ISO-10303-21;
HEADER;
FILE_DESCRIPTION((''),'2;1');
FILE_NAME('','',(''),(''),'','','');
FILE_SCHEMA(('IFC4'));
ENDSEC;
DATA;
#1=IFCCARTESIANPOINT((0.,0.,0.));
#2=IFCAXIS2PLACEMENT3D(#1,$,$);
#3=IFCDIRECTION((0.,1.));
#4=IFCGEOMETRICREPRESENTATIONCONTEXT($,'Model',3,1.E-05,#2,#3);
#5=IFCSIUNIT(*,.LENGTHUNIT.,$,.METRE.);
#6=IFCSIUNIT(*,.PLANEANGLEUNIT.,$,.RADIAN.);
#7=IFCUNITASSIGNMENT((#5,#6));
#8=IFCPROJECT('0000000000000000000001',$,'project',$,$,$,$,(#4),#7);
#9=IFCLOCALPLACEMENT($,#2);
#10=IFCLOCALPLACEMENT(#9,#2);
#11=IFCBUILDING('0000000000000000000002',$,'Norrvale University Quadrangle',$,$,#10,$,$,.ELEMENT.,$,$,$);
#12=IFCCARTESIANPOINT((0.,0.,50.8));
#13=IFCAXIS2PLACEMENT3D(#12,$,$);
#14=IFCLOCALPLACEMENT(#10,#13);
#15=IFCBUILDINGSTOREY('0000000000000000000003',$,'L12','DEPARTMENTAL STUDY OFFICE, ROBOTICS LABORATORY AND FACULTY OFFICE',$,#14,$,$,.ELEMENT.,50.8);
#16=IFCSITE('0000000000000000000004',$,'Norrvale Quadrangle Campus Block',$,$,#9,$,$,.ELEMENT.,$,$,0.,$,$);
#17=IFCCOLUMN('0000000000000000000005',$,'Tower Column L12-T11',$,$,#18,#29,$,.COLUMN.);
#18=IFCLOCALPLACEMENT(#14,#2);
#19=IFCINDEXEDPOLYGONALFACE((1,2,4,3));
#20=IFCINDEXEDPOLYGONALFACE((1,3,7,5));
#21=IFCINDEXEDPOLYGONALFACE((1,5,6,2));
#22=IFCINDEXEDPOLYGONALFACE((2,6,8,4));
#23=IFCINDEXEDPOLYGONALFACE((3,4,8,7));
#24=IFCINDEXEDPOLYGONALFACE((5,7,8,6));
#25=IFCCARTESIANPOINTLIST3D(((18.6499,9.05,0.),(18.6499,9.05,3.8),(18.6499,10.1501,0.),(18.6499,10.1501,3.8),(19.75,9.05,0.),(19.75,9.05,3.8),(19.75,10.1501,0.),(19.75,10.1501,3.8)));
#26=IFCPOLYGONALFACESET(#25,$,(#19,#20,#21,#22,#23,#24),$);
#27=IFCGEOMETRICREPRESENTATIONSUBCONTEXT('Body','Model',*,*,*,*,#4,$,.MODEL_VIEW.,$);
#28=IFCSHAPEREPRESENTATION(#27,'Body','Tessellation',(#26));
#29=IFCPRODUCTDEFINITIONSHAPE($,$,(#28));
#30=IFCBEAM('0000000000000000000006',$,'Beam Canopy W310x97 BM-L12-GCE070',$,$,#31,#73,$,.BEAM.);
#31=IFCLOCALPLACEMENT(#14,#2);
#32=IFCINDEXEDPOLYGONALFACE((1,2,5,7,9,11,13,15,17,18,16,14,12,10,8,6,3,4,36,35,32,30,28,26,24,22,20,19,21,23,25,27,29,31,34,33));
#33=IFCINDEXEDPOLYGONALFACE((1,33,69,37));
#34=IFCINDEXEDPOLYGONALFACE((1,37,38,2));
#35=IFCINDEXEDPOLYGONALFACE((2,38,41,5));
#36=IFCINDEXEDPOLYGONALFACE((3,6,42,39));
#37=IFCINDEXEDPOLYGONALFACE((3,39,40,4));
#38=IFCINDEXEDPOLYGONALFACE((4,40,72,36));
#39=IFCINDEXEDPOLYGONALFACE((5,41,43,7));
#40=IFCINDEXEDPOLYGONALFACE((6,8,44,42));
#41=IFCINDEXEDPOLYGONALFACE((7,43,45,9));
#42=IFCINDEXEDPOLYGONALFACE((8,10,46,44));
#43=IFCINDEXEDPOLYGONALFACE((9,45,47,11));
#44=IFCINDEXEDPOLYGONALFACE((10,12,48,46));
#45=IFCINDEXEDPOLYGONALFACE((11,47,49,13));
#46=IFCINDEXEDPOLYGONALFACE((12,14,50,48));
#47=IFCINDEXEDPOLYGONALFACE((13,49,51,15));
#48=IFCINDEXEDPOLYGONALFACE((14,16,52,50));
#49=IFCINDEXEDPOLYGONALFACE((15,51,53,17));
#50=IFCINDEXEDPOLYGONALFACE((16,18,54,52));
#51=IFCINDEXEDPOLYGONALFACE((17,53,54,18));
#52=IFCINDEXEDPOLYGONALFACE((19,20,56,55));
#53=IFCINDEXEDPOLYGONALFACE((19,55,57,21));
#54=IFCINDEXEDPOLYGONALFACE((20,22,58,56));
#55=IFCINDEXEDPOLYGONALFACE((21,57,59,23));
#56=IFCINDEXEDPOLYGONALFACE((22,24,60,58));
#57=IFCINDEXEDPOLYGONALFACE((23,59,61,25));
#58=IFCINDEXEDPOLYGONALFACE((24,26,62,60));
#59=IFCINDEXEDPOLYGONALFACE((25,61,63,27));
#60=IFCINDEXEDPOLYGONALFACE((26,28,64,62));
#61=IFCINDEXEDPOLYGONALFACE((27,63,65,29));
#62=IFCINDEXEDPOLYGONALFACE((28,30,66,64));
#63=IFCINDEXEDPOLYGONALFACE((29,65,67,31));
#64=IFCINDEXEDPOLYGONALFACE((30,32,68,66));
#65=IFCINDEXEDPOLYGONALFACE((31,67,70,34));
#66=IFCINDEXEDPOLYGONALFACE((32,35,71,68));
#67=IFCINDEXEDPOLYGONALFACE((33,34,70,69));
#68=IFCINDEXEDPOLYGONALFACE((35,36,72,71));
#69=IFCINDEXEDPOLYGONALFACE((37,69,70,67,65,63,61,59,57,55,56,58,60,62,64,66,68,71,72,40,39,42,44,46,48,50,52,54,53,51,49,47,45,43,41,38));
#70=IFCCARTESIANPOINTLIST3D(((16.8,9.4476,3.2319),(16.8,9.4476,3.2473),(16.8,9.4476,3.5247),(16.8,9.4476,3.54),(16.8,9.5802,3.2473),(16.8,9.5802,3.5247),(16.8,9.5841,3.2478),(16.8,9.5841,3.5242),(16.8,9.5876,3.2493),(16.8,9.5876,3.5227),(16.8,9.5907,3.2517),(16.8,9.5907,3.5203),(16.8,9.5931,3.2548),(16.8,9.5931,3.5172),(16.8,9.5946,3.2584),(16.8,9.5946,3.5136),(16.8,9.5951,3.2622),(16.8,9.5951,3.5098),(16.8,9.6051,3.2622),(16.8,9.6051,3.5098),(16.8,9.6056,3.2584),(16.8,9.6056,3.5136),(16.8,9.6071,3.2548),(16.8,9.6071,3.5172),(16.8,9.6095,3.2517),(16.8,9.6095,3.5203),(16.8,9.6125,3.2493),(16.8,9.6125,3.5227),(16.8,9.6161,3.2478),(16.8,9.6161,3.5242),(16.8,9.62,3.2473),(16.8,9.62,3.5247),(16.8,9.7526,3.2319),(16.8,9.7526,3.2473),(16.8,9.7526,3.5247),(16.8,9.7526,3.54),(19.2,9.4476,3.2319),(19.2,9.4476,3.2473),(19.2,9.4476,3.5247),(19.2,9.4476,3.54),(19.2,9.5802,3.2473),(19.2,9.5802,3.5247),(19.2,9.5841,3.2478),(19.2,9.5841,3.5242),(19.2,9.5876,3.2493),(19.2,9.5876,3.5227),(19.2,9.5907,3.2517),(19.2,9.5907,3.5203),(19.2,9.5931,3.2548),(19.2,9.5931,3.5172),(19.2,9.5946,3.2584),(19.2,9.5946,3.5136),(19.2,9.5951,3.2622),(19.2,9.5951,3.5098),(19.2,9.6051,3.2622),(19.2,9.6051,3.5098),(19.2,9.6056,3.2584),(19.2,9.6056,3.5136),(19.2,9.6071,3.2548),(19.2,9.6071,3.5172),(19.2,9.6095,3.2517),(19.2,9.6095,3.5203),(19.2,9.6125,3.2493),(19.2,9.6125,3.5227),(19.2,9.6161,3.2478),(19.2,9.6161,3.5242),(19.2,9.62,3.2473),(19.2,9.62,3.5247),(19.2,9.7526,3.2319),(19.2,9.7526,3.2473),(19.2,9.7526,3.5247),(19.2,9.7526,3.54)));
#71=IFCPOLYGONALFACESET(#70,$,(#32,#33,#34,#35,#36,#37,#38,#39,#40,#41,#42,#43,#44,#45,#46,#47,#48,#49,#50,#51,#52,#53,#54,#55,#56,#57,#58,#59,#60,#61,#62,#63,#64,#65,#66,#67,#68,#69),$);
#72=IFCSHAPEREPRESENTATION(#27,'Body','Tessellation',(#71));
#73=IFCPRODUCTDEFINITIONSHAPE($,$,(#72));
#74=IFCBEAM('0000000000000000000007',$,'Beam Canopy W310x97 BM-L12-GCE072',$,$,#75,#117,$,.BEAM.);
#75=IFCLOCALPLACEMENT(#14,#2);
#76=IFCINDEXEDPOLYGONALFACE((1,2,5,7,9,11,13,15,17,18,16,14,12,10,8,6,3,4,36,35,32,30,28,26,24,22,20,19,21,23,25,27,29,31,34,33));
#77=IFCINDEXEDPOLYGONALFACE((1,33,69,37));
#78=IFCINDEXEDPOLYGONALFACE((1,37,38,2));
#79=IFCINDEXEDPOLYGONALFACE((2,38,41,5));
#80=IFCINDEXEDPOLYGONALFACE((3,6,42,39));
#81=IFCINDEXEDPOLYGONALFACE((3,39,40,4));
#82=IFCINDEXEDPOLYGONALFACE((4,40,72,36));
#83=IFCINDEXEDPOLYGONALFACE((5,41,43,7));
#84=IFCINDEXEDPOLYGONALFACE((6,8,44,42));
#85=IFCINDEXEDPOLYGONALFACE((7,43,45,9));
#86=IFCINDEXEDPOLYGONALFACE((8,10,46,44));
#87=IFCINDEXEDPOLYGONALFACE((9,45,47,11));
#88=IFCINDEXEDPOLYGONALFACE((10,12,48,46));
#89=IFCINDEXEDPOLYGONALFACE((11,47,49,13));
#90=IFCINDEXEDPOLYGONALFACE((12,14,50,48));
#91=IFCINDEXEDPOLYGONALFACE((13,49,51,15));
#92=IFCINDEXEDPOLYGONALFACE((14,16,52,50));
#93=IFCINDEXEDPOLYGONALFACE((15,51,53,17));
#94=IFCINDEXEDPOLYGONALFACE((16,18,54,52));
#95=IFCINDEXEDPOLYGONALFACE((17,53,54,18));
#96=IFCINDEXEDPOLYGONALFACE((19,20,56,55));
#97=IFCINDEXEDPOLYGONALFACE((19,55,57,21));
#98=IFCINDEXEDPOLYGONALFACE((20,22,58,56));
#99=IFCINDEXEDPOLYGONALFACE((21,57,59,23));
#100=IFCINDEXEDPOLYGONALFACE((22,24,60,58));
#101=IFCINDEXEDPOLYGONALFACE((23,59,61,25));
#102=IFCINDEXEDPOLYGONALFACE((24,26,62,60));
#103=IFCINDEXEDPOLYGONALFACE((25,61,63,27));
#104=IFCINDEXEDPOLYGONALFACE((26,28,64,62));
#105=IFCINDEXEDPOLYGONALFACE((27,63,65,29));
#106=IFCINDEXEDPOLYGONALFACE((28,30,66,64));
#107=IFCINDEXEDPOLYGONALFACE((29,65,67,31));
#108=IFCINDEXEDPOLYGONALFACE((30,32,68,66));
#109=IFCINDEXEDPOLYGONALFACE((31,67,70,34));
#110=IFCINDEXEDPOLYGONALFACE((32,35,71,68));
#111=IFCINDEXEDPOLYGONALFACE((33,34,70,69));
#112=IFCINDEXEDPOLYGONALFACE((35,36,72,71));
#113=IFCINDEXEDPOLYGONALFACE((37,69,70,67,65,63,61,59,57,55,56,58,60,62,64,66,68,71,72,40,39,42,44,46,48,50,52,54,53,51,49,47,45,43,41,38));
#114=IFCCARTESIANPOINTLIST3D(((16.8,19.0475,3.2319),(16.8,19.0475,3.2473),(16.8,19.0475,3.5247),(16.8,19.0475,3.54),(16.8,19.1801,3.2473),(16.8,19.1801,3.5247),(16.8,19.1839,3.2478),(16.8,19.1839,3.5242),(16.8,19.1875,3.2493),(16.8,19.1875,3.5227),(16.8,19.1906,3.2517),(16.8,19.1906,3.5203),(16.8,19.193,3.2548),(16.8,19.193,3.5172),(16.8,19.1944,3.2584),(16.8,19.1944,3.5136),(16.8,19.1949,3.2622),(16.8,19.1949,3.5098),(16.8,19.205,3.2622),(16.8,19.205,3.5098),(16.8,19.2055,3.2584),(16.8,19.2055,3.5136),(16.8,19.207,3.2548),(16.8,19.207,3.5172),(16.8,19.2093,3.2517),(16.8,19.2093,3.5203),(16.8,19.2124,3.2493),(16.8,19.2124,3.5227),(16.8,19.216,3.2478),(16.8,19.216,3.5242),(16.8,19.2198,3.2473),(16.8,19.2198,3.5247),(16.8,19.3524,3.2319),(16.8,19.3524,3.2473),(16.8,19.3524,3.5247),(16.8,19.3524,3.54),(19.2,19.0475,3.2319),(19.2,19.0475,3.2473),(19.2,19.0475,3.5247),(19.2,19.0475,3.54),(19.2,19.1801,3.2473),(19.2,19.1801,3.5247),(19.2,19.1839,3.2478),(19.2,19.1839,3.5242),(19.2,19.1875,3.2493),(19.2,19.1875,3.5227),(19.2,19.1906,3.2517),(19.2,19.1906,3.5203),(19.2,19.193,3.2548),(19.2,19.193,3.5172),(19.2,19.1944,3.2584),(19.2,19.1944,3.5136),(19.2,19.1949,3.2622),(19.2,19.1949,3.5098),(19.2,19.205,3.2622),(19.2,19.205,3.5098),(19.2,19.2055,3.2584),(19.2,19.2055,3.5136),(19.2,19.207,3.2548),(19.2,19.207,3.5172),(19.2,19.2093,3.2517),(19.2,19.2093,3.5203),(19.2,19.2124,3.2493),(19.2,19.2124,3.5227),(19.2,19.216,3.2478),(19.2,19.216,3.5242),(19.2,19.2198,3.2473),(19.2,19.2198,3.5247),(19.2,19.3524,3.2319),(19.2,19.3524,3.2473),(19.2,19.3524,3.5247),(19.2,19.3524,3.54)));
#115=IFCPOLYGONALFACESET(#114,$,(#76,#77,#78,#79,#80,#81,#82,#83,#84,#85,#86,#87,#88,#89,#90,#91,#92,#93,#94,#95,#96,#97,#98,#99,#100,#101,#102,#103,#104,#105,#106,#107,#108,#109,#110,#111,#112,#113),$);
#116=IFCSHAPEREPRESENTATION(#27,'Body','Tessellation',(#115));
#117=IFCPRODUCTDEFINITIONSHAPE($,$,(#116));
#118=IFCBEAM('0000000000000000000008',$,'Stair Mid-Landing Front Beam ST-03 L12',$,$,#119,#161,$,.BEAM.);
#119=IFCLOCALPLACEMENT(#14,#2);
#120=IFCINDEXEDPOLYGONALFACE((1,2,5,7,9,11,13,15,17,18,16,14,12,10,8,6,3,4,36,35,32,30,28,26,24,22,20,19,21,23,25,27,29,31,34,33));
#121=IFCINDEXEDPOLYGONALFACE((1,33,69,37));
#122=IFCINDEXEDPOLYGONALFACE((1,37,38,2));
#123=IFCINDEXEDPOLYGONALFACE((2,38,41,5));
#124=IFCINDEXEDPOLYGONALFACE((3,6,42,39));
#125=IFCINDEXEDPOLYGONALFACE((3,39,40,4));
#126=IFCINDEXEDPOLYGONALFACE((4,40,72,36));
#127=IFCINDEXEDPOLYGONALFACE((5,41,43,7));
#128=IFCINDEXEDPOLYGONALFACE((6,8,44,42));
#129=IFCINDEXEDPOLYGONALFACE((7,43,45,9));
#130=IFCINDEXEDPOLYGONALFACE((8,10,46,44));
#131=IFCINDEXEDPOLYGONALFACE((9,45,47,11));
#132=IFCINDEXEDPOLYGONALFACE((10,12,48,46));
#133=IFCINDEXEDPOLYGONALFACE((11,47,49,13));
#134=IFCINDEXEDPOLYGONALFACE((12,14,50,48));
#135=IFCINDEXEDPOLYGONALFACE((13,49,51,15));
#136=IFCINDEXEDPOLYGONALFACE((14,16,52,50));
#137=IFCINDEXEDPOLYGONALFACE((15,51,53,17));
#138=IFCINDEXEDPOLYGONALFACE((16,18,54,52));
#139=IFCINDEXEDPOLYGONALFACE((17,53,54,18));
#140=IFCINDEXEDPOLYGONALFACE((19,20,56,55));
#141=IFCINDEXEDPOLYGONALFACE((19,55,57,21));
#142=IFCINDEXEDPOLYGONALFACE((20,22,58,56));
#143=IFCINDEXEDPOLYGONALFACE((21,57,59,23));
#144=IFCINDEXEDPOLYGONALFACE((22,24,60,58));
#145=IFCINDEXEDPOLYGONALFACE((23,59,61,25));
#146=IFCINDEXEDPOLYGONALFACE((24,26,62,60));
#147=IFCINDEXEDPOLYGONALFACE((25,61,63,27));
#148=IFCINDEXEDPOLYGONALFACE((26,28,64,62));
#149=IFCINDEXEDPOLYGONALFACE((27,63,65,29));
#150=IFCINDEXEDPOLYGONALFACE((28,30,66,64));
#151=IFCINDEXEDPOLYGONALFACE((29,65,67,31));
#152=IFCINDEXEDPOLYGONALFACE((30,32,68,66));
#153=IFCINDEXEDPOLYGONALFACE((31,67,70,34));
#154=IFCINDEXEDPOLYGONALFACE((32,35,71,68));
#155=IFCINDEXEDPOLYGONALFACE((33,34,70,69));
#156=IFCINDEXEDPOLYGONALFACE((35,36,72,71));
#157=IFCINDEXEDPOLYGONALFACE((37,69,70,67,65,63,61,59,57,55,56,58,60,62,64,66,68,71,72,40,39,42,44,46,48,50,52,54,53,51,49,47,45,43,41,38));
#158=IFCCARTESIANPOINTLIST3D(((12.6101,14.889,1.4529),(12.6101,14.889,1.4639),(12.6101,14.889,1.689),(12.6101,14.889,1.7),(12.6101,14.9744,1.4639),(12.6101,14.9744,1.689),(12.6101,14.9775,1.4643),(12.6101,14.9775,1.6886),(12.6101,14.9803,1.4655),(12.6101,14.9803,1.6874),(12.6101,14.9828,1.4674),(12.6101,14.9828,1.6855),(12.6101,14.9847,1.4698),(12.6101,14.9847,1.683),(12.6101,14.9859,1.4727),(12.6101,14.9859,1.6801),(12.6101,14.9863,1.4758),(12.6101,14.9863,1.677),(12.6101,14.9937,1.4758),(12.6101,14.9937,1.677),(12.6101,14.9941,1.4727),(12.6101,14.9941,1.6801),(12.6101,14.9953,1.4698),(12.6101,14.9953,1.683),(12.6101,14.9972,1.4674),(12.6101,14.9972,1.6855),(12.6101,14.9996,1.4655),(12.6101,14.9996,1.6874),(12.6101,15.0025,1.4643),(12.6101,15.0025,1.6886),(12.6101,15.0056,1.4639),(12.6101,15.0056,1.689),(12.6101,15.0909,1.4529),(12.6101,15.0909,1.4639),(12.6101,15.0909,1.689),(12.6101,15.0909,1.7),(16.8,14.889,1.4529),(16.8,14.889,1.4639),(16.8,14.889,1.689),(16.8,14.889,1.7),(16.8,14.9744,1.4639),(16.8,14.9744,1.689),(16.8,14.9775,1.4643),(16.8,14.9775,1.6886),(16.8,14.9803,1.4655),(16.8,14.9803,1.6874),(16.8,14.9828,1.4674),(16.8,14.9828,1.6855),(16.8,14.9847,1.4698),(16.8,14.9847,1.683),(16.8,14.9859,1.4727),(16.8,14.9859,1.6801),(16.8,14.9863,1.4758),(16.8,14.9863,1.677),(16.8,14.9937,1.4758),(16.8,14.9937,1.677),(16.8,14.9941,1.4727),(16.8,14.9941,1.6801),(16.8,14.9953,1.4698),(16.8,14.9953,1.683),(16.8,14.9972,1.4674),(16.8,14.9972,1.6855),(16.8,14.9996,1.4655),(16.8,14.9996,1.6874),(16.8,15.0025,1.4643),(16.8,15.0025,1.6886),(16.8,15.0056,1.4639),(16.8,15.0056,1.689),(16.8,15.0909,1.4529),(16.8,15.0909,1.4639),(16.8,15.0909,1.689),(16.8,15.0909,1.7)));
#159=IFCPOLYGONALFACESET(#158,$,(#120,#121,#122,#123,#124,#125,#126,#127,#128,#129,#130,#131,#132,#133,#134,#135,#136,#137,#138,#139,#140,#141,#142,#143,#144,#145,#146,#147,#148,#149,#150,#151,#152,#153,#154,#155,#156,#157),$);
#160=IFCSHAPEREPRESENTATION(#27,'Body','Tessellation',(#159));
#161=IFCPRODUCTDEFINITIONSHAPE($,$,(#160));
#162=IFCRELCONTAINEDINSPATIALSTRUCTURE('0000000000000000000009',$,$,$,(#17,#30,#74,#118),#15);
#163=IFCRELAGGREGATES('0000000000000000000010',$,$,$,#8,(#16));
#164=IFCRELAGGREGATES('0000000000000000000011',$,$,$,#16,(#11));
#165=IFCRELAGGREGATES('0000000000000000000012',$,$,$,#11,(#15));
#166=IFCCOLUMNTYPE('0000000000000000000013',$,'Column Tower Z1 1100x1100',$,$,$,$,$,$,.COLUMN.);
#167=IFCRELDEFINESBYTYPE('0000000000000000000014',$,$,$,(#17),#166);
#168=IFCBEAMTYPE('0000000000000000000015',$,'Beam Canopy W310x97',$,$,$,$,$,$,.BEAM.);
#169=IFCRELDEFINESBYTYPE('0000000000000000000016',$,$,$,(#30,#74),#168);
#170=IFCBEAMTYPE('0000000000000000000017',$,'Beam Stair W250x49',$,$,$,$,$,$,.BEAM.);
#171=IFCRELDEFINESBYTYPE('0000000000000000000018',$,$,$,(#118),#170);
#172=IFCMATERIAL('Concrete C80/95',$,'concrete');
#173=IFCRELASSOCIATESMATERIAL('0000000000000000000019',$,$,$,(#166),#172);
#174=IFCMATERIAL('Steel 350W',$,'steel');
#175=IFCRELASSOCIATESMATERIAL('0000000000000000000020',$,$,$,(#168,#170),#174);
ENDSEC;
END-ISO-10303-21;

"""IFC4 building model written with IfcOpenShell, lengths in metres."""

from ifc_helpers import new_model, si_unit, direction, frame, origin, origin_2d, place, context, subcontext, project, spatial, rectangle, i_section, extrude, material, material_profile, profile_set, type_object, element, save


model = new_model("IFC4")

# Units and contexts
model_context = context("Model", 3, precision=1e-05, world=origin(), true_north=direction((0.0, 1.0)))
body_context = subcontext(model_context, "Body", "Model", "MODEL_VIEW")
ifc_project = project(units=[si_unit("LENGTHUNIT", "METRE"), si_unit("PLANEANGLEUNIT", "RADIAN")], contexts=[model_context])

# Site, building, storey
site_placement = place(None, origin())
site = spatial("IfcSite", under=ifc_project, at=site_placement, Name="Norrvale Quadrangle Campus Block", CompositionType="ELEMENT", RefElevation=0.0)
building_placement = place(site_placement, origin())
building = spatial("IfcBuilding", under=site, at=building_placement, Name="Norrvale University Quadrangle", CompositionType="ELEMENT")
storey_placement = place(building_placement, frame((0.0, 0.0, 50.8)))
storey = spatial("IfcBuildingStorey", under=building, at=storey_placement, Name="L12", Description="DEPARTMENTAL STUDY OFFICE, ROBOTICS LABORATORY AND FACULTY OFFICE", CompositionType="ELEMENT", Elevation=50.8)

# Column
ifc_material_1 = material(Name="Concrete C80/95", Category="concrete")
ifc_material_profile_1 = material_profile(ifc_material_1, rectangle(XDim=1.1001, YDim=1.1001, at=origin_2d()), Name="Concrete C80/95")
ifc_profile_set_1 = profile_set([ifc_material_profile_1], Name="Concrete C80/95")
column_type = type_object("IfcColumnType", Name="Column Tower Z1 1100x1100", PredefinedType="COLUMN", material=ifc_profile_set_1)
column_placement = place(storey_placement, frame((19.2, 9.6001, 0.0), z_axis=(0.0, 0.0, 1.0), x_axis=(1.0, 0.0, 0.0)))
element("IfcColumn", 1, at=column_placement, inside=storey, type_object=column_type, Name="Tower Column L12-T11", PredefinedType="COLUMN", context=body_context, shape_type="SweptSolid", body=[
    extrude(rectangle(XDim=1.1001, YDim=1.1001, at=origin_2d()), origin(), (0.0, 0.0, 1.0), 3.8),
])

# Beams
ifc_material_2 = material(Name="Steel 350W", Category="steel")
ifc_material_profile_2 = material_profile(ifc_material_2, i_section(OverallWidth=0.3049, OverallDepth=0.3081, WebThickness=0.01, FlangeThickness=0.0154, FilletRadius=0.0149, at=origin_2d()), Name="Steel 350W")
ifc_profile_set_2 = profile_set([ifc_material_profile_2], Name="Steel 350W")
beam_type_1 = type_object("IfcBeamType", Name="Beam Canopy W310x97", PredefinedType="BEAM", material=ifc_profile_set_2)
for number, where, z_axis, x_axis, name in (
    (2, (16.8, 9.6001, 3.386), (1.0, 0.0, 0.0), (0.0, 1.0, 0.0), "Beam Canopy W310x97 BM-L12-GCE070"),
    (3, (16.8, 19.2, 3.386), (1.0, 0.0, 0.0), (0.0, 1.0, 0.0), "Beam Canopy W310x97 BM-L12-GCE072"),
):
    element("IfcBeam", number, at=place(storey_placement, frame(where, z_axis=z_axis, x_axis=x_axis)), inside=storey, type_object=beam_type_1, Name=name, PredefinedType="BEAM", context=body_context, shape_type="SweptSolid", body=[
        extrude(i_section(OverallWidth=0.3049, OverallDepth=0.3081, WebThickness=0.01, FlangeThickness=0.0154, FilletRadius=0.0149, at=origin_2d()), origin(), (0.0, 0.0, 1.0), 2.3999),
    ])
ifc_material_profile_3 = material_profile(ifc_material_2, i_section(OverallWidth=0.2019, OverallDepth=0.2471, WebThickness=0.0073, FlangeThickness=0.011, FilletRadius=0.012, at=origin_2d()), Name="Steel 350W")
ifc_profile_set_3 = profile_set([ifc_material_profile_3], Name="Steel 350W")
beam_type_2 = type_object("IfcBeamType", Name="Beam Stair W250x49", PredefinedType="BEAM", material=ifc_profile_set_3)
for number, where, z_axis, x_axis, name in (
    (4, (12.6101, 14.99, 1.5764), (1.0, 0.0, 0.0), (0.0, 1.0, 0.0), "Stair Mid-Landing Front Beam ST-03 L12"),
):
    element("IfcBeam", number, at=place(storey_placement, frame(where, z_axis=z_axis, x_axis=x_axis)), inside=storey, type_object=beam_type_2, Name=name, PredefinedType="BEAM", context=body_context, shape_type="SweptSolid", body=[
        extrude(i_section(OverallWidth=0.2019, OverallDepth=0.2471, WebThickness=0.0073, FlangeThickness=0.011, FilletRadius=0.012, at=origin_2d()), origin(), (0.0, 0.0, 1.0), 4.1899),
    ])

save(model, "model.ifc")
